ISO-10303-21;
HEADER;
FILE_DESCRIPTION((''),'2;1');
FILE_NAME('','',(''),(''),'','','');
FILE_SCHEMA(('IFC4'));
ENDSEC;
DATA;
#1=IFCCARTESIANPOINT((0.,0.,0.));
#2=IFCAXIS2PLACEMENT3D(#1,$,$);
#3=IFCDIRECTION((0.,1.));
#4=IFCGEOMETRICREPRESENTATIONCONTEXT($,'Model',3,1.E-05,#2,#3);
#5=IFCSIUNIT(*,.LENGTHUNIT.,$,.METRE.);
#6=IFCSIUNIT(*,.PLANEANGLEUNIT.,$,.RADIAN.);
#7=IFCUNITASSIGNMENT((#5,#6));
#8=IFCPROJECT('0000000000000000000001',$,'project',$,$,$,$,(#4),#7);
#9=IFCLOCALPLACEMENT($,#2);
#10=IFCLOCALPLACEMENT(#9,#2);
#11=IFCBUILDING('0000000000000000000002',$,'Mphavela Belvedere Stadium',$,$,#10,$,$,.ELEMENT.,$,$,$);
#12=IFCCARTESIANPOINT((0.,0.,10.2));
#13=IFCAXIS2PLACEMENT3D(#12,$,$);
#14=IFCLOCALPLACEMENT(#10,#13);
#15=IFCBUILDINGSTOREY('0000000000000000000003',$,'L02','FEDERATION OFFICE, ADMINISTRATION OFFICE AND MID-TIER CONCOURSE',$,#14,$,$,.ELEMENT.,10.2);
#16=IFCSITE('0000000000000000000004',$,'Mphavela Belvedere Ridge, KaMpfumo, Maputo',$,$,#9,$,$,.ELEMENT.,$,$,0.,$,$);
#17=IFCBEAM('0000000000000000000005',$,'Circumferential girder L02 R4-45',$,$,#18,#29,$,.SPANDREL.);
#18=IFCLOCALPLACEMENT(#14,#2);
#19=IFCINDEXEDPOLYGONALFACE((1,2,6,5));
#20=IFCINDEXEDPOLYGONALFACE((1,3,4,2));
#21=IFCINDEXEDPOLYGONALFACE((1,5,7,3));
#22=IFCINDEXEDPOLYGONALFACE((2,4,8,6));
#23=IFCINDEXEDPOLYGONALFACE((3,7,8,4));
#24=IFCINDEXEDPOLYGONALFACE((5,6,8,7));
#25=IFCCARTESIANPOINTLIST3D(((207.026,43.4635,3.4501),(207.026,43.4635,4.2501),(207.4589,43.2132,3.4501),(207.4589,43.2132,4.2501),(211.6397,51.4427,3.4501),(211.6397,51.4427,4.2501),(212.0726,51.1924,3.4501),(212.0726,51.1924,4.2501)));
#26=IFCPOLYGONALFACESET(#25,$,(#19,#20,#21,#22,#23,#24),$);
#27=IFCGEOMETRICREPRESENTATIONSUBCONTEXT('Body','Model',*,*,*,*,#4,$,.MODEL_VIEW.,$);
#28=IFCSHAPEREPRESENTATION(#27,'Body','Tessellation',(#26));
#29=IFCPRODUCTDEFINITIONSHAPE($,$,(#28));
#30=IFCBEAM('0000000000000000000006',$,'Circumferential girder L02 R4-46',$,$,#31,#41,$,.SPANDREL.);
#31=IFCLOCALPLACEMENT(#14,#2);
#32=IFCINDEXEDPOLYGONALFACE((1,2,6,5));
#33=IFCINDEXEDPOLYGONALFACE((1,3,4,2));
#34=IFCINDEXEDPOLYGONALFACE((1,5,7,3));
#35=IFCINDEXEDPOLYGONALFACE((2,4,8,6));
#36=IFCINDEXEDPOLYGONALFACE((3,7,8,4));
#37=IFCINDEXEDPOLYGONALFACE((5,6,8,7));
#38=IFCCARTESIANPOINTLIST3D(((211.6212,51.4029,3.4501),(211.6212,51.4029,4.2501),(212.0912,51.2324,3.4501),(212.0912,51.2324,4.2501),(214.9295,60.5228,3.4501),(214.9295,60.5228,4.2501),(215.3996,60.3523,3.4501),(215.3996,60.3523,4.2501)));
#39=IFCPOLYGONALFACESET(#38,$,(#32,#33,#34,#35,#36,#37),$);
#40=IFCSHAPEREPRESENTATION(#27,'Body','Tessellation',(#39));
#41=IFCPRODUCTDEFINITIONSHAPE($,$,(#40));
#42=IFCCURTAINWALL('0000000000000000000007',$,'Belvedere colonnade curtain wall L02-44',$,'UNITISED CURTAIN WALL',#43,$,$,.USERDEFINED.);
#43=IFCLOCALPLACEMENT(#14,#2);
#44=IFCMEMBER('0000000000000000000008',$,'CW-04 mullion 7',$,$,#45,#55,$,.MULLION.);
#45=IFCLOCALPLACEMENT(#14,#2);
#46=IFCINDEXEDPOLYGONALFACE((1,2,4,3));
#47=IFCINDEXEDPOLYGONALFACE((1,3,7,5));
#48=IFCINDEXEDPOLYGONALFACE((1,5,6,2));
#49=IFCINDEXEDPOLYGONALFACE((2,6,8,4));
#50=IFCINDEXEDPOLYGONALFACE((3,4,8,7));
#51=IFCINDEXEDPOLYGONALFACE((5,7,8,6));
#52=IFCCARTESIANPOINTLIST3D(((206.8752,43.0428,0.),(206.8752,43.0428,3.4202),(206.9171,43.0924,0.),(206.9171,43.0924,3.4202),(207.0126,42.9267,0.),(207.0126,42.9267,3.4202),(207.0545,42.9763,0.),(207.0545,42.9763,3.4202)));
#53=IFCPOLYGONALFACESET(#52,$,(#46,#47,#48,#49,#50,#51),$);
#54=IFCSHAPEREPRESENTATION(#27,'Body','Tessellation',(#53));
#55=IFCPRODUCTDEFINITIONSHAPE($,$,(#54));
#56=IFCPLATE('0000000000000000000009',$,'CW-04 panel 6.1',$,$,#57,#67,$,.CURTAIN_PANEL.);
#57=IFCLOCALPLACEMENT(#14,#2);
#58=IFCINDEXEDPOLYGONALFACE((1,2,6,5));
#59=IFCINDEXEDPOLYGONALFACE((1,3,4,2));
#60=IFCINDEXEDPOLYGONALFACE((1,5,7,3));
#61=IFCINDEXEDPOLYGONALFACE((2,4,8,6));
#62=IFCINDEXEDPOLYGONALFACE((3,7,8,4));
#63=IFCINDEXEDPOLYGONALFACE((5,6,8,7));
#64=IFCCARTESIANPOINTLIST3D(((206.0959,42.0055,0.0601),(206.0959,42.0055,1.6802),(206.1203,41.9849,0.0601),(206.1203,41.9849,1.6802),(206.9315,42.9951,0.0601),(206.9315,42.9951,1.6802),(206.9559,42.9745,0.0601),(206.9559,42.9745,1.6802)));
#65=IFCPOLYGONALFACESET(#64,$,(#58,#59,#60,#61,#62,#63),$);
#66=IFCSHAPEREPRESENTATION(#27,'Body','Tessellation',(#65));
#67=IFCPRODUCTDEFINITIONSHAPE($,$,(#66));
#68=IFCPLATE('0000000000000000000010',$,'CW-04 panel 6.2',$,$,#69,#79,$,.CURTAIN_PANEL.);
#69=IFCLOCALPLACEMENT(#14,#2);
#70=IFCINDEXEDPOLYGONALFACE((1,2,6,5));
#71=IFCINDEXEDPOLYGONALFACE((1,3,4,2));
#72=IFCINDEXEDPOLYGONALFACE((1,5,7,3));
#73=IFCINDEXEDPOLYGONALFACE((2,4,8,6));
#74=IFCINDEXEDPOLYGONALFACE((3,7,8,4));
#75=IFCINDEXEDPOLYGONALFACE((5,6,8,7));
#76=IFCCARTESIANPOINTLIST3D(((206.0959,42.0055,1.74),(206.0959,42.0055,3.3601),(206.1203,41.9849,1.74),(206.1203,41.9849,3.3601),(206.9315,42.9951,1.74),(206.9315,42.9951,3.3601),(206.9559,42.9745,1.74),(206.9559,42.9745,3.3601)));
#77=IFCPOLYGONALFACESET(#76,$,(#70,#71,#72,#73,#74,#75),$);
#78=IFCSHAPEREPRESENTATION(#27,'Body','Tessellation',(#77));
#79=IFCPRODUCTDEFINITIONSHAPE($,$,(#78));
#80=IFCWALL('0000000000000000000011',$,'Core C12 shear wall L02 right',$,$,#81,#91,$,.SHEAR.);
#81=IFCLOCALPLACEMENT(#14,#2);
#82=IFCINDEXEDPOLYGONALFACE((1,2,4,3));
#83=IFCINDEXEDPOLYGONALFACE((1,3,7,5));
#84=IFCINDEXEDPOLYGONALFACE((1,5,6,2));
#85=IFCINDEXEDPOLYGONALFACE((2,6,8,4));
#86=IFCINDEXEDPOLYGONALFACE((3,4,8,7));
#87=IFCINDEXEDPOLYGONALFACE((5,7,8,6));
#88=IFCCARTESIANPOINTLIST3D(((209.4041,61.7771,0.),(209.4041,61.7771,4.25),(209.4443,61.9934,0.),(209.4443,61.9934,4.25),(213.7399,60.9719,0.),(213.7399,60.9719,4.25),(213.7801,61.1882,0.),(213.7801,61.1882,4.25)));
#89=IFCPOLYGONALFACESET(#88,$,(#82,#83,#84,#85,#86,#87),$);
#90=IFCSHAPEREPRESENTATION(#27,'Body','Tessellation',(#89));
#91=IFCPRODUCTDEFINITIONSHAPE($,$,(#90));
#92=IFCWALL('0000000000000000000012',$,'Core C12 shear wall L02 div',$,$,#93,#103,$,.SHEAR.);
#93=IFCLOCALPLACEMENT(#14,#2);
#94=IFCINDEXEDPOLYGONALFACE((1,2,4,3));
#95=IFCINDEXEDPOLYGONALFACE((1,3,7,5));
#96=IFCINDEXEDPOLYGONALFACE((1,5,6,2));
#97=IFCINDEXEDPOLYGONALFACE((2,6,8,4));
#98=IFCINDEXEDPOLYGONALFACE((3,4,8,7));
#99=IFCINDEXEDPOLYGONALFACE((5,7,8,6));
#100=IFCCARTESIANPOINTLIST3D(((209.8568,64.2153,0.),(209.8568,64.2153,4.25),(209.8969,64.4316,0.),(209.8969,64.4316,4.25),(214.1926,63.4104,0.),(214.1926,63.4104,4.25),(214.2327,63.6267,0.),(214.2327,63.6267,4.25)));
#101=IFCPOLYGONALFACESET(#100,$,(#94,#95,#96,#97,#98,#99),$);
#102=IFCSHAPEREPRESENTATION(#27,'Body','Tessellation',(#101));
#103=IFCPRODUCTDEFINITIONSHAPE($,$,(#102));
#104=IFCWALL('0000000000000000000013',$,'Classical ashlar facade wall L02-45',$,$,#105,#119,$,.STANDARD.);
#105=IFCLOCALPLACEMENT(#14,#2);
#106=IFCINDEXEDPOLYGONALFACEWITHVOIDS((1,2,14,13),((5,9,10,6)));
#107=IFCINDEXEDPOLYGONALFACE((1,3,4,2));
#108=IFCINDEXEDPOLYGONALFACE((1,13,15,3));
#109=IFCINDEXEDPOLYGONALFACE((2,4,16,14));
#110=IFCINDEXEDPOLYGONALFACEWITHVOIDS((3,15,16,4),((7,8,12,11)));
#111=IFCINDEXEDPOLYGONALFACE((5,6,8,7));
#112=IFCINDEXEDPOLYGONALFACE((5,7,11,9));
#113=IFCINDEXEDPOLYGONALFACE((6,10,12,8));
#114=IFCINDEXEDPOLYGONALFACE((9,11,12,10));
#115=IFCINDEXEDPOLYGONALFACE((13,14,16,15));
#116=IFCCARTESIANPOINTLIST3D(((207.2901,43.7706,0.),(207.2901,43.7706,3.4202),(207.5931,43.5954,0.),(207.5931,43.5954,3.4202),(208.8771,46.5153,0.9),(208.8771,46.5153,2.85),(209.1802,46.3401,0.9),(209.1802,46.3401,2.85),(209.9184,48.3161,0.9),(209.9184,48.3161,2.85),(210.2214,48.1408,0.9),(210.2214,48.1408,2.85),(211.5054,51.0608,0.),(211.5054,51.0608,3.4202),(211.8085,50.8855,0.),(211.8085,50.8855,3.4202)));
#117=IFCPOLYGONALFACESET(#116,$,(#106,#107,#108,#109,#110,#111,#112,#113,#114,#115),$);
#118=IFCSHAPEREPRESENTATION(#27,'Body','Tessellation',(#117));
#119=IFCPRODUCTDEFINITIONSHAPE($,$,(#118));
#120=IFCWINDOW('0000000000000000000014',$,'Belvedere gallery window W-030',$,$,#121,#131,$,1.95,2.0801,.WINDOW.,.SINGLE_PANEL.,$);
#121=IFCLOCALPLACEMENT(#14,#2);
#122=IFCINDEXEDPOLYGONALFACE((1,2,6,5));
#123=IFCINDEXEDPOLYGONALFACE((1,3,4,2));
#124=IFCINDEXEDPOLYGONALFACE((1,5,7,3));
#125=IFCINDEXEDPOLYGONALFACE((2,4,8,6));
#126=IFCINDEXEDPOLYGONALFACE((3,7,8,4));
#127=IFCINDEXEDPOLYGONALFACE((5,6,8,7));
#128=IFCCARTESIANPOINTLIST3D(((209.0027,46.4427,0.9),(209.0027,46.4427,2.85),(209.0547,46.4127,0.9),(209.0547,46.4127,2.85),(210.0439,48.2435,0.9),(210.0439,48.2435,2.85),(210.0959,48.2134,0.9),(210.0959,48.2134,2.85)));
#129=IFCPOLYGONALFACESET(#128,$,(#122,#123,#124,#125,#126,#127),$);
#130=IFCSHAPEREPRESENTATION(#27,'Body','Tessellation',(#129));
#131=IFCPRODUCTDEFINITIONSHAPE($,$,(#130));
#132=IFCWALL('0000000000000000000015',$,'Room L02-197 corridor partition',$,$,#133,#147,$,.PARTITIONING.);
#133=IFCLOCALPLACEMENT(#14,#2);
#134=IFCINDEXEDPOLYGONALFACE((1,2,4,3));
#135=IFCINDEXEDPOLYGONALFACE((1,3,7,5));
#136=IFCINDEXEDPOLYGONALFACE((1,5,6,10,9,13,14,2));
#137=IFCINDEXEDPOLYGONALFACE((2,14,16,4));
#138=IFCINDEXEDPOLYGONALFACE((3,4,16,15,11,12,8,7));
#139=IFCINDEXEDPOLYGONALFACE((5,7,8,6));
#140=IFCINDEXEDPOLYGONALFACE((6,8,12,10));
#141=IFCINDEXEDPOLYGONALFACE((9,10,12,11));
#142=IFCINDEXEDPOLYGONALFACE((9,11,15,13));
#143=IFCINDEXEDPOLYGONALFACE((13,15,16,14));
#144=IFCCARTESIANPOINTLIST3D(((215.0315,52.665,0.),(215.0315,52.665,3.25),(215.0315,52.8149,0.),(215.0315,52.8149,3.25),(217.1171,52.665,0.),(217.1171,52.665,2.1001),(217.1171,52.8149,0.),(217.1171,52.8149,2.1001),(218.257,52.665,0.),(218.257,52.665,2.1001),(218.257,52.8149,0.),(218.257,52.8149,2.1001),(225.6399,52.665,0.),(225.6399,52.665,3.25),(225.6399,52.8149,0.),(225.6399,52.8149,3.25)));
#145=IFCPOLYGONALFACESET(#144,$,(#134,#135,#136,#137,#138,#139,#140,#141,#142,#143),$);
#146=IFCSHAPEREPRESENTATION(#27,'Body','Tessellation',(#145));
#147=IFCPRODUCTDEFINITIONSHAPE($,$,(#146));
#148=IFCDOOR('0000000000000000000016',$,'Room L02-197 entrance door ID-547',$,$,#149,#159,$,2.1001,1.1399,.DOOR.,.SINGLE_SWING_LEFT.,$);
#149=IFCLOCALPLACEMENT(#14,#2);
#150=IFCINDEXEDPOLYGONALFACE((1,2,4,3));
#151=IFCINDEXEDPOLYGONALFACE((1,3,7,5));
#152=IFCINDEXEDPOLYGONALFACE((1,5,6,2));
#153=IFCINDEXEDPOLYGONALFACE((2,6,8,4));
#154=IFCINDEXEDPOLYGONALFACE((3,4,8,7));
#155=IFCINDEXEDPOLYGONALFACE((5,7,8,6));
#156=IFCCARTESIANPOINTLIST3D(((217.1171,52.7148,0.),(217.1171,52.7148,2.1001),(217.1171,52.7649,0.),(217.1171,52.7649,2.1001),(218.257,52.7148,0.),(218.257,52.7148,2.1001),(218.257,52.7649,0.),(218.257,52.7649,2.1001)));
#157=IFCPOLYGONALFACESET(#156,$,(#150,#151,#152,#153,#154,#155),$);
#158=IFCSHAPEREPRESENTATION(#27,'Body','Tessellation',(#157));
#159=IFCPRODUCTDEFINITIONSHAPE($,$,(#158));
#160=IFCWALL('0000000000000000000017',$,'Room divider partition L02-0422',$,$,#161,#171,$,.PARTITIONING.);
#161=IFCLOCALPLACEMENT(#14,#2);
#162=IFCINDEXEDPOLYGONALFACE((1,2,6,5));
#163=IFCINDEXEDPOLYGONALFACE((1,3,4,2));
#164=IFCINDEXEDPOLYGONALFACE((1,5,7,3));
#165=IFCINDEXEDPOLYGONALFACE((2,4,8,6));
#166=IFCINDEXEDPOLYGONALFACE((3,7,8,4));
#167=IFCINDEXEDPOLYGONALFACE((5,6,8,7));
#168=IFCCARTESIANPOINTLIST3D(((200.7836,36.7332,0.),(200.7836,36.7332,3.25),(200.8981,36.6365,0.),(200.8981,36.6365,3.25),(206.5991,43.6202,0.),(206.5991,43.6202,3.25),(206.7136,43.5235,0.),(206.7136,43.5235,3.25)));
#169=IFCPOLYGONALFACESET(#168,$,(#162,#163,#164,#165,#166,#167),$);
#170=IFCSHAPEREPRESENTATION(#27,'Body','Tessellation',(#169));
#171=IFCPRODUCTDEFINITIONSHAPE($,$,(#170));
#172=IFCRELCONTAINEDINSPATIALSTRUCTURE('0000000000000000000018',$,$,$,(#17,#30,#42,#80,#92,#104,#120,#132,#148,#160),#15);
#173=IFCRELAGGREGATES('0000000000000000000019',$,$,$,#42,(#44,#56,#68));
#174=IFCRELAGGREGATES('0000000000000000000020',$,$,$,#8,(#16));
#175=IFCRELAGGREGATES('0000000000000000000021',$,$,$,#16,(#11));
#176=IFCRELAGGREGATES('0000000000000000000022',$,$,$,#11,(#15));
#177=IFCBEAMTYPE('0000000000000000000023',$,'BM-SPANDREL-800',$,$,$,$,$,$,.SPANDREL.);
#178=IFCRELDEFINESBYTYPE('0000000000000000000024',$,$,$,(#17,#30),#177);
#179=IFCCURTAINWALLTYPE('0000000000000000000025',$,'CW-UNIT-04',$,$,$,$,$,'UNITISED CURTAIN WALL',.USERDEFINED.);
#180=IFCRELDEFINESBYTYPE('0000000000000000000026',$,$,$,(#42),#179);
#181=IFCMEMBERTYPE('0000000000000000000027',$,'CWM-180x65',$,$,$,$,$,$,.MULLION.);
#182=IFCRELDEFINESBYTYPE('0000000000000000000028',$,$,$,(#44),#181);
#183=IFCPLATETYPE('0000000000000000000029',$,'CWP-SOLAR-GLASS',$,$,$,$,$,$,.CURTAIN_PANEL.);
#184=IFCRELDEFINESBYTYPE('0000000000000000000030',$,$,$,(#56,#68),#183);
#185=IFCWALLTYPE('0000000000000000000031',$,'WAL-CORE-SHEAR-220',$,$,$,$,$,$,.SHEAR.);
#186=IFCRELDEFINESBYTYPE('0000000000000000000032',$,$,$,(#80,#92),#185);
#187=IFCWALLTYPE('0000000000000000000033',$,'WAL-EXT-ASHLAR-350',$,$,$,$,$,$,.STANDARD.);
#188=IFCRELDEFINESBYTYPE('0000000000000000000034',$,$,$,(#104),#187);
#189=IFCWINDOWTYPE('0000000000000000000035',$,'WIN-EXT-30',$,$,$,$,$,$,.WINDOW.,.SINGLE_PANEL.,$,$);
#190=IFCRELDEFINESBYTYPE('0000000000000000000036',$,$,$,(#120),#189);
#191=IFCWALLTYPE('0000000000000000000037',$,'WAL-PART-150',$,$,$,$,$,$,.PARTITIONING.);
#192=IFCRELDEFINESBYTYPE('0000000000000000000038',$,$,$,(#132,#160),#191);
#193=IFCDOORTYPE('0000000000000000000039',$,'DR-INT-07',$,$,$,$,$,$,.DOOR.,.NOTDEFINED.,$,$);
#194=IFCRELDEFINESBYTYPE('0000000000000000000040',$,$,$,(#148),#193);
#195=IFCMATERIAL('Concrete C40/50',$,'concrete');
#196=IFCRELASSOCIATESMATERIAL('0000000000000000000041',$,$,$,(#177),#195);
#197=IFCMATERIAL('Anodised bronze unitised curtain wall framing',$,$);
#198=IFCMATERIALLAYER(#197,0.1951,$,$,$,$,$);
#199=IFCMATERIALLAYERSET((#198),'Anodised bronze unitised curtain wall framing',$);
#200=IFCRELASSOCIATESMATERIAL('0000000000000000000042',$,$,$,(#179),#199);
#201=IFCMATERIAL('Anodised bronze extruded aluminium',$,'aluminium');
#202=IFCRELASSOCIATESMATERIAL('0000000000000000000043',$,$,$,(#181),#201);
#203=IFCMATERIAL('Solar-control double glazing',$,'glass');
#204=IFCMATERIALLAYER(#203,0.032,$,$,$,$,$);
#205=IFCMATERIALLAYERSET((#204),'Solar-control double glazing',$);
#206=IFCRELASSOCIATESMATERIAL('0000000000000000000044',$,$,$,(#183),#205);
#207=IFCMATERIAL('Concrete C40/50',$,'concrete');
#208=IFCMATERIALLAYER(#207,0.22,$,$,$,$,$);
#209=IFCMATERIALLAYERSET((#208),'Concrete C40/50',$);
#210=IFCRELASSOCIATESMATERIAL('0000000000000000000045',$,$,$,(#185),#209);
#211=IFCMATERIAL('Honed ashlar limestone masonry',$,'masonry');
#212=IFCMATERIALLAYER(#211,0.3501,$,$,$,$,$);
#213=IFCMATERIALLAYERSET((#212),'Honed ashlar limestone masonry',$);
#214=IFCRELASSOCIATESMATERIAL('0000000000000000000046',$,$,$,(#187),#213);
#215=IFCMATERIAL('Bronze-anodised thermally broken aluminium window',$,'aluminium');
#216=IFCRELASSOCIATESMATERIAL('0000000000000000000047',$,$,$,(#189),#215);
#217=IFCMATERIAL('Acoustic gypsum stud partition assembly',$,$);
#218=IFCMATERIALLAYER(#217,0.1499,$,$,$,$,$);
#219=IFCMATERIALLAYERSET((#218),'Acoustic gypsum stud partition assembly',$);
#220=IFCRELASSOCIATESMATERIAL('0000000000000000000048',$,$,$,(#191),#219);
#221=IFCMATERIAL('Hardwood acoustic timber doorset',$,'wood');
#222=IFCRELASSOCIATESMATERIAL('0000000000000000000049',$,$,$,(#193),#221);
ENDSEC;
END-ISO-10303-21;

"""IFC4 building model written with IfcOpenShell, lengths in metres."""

from ifc_helpers import new_model, si_unit, direction, frame, frame_2d, origin, origin_2d, place, context, subcontext, project, spatial, rectangle, extrude, material, layer, layer_set, material_profile, profile_set, type_object, element, fill, aggregate, save


model = new_model("IFC4")

# Units and contexts
model_context = context("Model", 3, precision=1e-05, world=origin(), true_north=direction((0.0, 1.0)))
body_context = subcontext(model_context, "Body", "Model", "MODEL_VIEW")
ifc_project = project(units=[si_unit("LENGTHUNIT", "METRE"), si_unit("PLANEANGLEUNIT", "RADIAN")], contexts=[model_context])

# Site, building, storey
site_placement = place(None, origin())
site = spatial("IfcSite", under=ifc_project, at=site_placement, Name="Mphavela Belvedere Ridge, KaMpfumo, Maputo", CompositionType="ELEMENT", RefElevation=0.0)
building_placement = place(site_placement, origin())
building = spatial("IfcBuilding", under=site, at=building_placement, Name="Mphavela Belvedere Stadium", CompositionType="ELEMENT")
storey_placement = place(building_placement, frame((0.0, 0.0, 10.2)))
storey = spatial("IfcBuildingStorey", under=building, at=storey_placement, Name="L02", Description="FEDERATION OFFICE, ADMINISTRATION OFFICE AND MID-TIER CONCOURSE", CompositionType="ELEMENT", Elevation=10.2)

# Beams
ifc_material_1 = material(Name="Concrete C40/50", Category="concrete")
ifc_material_profile_1 = material_profile(ifc_material_1, rectangle(XDim=0.5, YDim=0.8, at=origin_2d()), Name="RC 500x800")
ifc_profile_set_1 = profile_set([ifc_material_profile_1], Name="Concrete C40/50")
beam_type_1 = type_object("IfcBeamType", Name="BM-SPANDREL-800", PredefinedType="SPANDREL", material=ifc_profile_set_1)
beam_1_placement = place(storey_placement, frame((207.2424, 43.3384, 3.8501), z_axis=(0.500565, 0.865699, 0.0), x_axis=(-0.865699, 0.500565, 0.0)))
element("IfcBeam", 1, at=beam_1_placement, inside=storey, type_object=beam_type_1, Name="Circumferential girder L02 R4-45", PredefinedType="SPANDREL", context=body_context, shape_type="SweptSolid", body=[
    extrude(rectangle(XDim=0.5, YDim=0.8, at=origin_2d()), origin(), (0.0, 0.0, 1.0), 9.217),
])
beam_2_placement = place(storey_placement, frame((211.8562, 51.3176, 3.8501), z_axis=(0.341018, 0.940057, 0.0), x_axis=(-0.940057, 0.341018, 0.0)))
element("IfcBeam", 2, at=beam_2_placement, inside=storey, type_object=beam_type_1, Name="Circumferential girder L02 R4-46", PredefinedType="SPANDREL", context=body_context, shape_type="SweptSolid", body=[
    extrude(rectangle(XDim=0.5, YDim=0.8, at=origin_2d()), origin(), (0.0, 0.0, 1.0), 9.7014),
])

# Curtain wall, member, plates
ifc_material_2 = material(Name="Anodised bronze unitised curtain wall framing")
ifc_layer_1 = layer(ifc_material_2, 0.1951)
ifc_layer_set_1 = layer_set([ifc_layer_1], Name="Anodised bronze unitised curtain wall framing")
curtain_wall_type = type_object("IfcCurtainWallType", Name="CW-UNIT-04", ElementType="UNITISED CURTAIN WALL", PredefinedType="USERDEFINED", material=ifc_layer_set_1)
curtain_wall_placement = place(storey_placement, origin())
curtain_wall = element("IfcCurtainWall", 3, at=curtain_wall_placement, inside=storey, type_object=curtain_wall_type, Name="Belvedere colonnade curtain wall L02-44", ObjectType="UNITISED CURTAIN WALL", PredefinedType="USERDEFINED")
ifc_material_3 = material(Name="Anodised bronze extruded aluminium", Category="aluminium")
ifc_material_profile_2 = material_profile(ifc_material_3, rectangle(XDim=0.1799, YDim=0.0649, at=origin_2d()), Name="CW-MUL 180x65")
ifc_profile_set_2 = profile_set([ifc_material_profile_2], Name="Anodised bronze extruded aluminium")
member_type = type_object("IfcMemberType", Name="CWM-180x65", PredefinedType="MULLION", material=ifc_profile_set_2)
member_placement = place(storey_placement, frame((206.9648, 43.0095, 0.0), z_axis=(0.0, 0.0, 1.0), x_axis=(-0.76404, 0.645169, 0.0)))
member = element("IfcMember", 4, at=member_placement, type_object=member_type, Name="CW-04 mullion 7", PredefinedType="MULLION", context=body_context, shape_type="SweptSolid", body=[
    extrude(rectangle(XDim=0.1799, YDim=0.0649, at=origin_2d()), origin(), (0.0, 0.0, 1.0), 3.4202),
])
ifc_material_4 = material(Name="Solar-control double glazing", Category="glass")
ifc_layer_2 = layer(ifc_material_4, 0.032)
ifc_layer_set_2 = layer_set([ifc_layer_2], Name="Solar-control double glazing")
plate_type = type_object("IfcPlateType", Name="CWP-SOLAR-GLASS", PredefinedType="CURTAIN_PANEL", material=ifc_layer_set_2)
plate_1_placement = place(storey_placement, frame((206.5259, 42.49, 0.0601), z_axis=(0.0, 0.0, 1.0), x_axis=(0.645169, 0.76404, 0.0)))
plate_1 = element("IfcPlate", 5, at=plate_1_placement, type_object=plate_type, Name="CW-04 panel 6.1", PredefinedType="CURTAIN_PANEL", context=body_context, shape_type="SweptSolid", body=[
    extrude(rectangle(XDim=1.2952, YDim=0.032, at=origin_2d()), origin(), (0.0, 0.0, 1.0), 1.6201),
])
plate_2_placement = place(storey_placement, frame((206.5259, 42.49, 1.74), z_axis=(0.0, 0.0, 1.0), x_axis=(0.645169, 0.76404, 0.0)))
plate_2 = element("IfcPlate", 6, at=plate_2_placement, type_object=plate_type, Name="CW-04 panel 6.2", PredefinedType="CURTAIN_PANEL", context=body_context, shape_type="SweptSolid", body=[
    extrude(rectangle(XDim=1.2952, YDim=0.032, at=origin_2d()), origin(), (0.0, 0.0, 1.0), 1.6201),
])
aggregate(curtain_wall, [member, plate_1, plate_2])

# Walls
ifc_material_5 = material(Name="Concrete C40/50", Category="concrete")
ifc_layer_3 = layer(ifc_material_5, 0.22)
ifc_layer_set_3 = layer_set([ifc_layer_3], Name="Concrete C40/50")
wall_type_1 = type_object("IfcWallType", Name="WAL-CORE-SHEAR-220", PredefinedType="SHEAR", material=ifc_layer_set_3)
for number, where, z_axis, x_axis, name in (
    (7, (209.4241, 61.8853, 0.0), (0.0, 0.0, 1.0), (0.98319, -0.182587, 0.0), "Core C12 shear wall L02 right"),
    (8, (209.8767, 64.3235, 0.0), (0.0, 0.0, 1.0), (0.983202, -0.182523, 0.0), "Core C12 shear wall L02 div"),
):
    element("IfcWall", number, at=place(storey_placement, frame(where, z_axis=z_axis, x_axis=x_axis)), inside=storey, type_object=wall_type_1, Name=name, PredefinedType="SHEAR", context=body_context, shape_type="SweptSolid", body=[
        extrude(rectangle(XDim=4.4099, YDim=0.22, at=frame_2d((2.2051, 0.0))), origin(), (0.0, 0.0, 1.0), 4.25),
    ])

# Wall, opening, window
ifc_material_6 = material(Name="Honed ashlar limestone masonry", Category="masonry")
ifc_layer_4 = layer(ifc_material_6, 0.3501)
ifc_layer_set_4 = layer_set([ifc_layer_4], Name="Honed ashlar limestone masonry")
wall_type_2 = type_object("IfcWallType", Name="WAL-EXT-ASHLAR-350", PredefinedType="STANDARD", material=ifc_layer_set_4)
wall_1_placement = place(storey_placement, frame((207.4417, 43.6831, 0.0), z_axis=(0.0, 0.0, 1.0), x_axis=(0.500572, 0.865695, 0.0)))
wall_1 = element("IfcWall", 9, at=wall_1_placement, inside=storey, type_object=wall_type_2, Name="Classical ashlar facade wall L02-45", PredefinedType="STANDARD", context=body_context, shape_type="SweptSolid", body=[
    extrude(rectangle(XDim=8.4211, YDim=0.3501, at=frame_2d((4.2104, 0.0))), origin(), (0.0, 0.0, 1.0), 3.4202),
])
opening_1_placement = place(wall_1_placement, frame((3.1704, 0.0, 0.8999)))
opening_1 = element("IfcOpeningElement", 10, at=opening_1_placement, cuts=wall_1, PredefinedType="OPENING", context=body_context, shape_type="SweptSolid", body=[
    extrude(rectangle(XDim=2.0801, YDim=1.95, at=frame_2d((1.04, 0.9751))), frame((0.0, 0.1851, 0.0), z_axis=(0.0, -1.0, 0.0), x_axis=(1.0, 0.0, 0.0)), (0.0, 0.0, 1.0), 0.3701),
])
ifc_material_7 = material(Name="Bronze-anodised thermally broken aluminium window", Category="aluminium")
window_type = type_object("IfcWindowType", Name="WIN-EXT-30", PartitioningType="SINGLE_PANEL", PredefinedType="WINDOW", material=ifc_material_7)
window_placement = place(opening_1_placement, origin())
window = element("IfcWindow", 11, at=window_placement, inside=storey, type_object=window_type, Name="Belvedere gallery window W-030", OverallHeight=1.95, OverallWidth=2.0801, PartitioningType="SINGLE_PANEL", PredefinedType="WINDOW", context=body_context, shape_type="SweptSolid", body=[
    extrude(rectangle(XDim=2.0801, YDim=1.95, at=frame_2d((1.04, 0.9751))), frame((0.0, 0.03, 0.0), z_axis=(0.0, -1.0, 0.0), x_axis=(1.0, 0.0, 0.0)), (0.0, 0.0, 1.0), 0.0601),
])
fill(opening_1, window)

# Wall, opening, door
ifc_material_8 = material(Name="Acoustic gypsum stud partition assembly")
ifc_layer_5 = layer(ifc_material_8, 0.1499)
ifc_layer_set_5 = layer_set([ifc_layer_5], Name="Acoustic gypsum stud partition assembly")
wall_type_3 = type_object("IfcWallType", Name="WAL-PART-150", PredefinedType="PARTITIONING", material=ifc_layer_set_5)
wall_2_placement = place(storey_placement, frame((215.0315, 52.74, 0.0), z_axis=(0.0, 0.0, 1.0), x_axis=(1.0, 0.0, 0.0)))
wall_2 = element("IfcWall", 12, at=wall_2_placement, inside=storey, type_object=wall_type_3, Name="Room L02-197 corridor partition", PredefinedType="PARTITIONING", context=body_context, shape_type="SweptSolid", body=[
    extrude(rectangle(XDim=10.6084, YDim=0.1499, at=frame_2d((5.3042, 0.0))), origin(), (0.0, 0.0, 1.0), 3.25),
])
opening_2_placement = place(wall_2_placement, frame((2.0857, 0.0, 0.0)))
opening_2 = element("IfcOpeningElement", 13, at=opening_2_placement, cuts=wall_2, PredefinedType="OPENING", context=body_context, shape_type="SweptSolid", body=[
    extrude(rectangle(XDim=1.1399, YDim=2.1001, at=frame_2d((0.5698, 1.05))), frame((0.0, 0.085, 0.0), z_axis=(0.0, -1.0, 0.0), x_axis=(1.0, 0.0, 0.0)), (0.0, 0.0, 1.0), 0.1699),
])
ifc_material_9 = material(Name="Hardwood acoustic timber doorset", Category="wood")
door_type_1 = type_object("IfcDoorType", Name="DR-INT-07", OperationType="NOTDEFINED", PredefinedType="DOOR", material=ifc_material_9)
door_1_placement = place(opening_2_placement, origin())
door_1 = element("IfcDoor", 14, at=door_1_placement, inside=storey, type_object=door_type_1, Name="Room L02-197 entrance door ID-547", OperationType="SINGLE_SWING_LEFT", OverallHeight=2.1001, OverallWidth=1.1399, PredefinedType="DOOR", context=body_context, shape_type="SweptSolid", body=[
    extrude(rectangle(XDim=1.1399, YDim=2.1001, at=frame_2d((0.5698, 1.05))), frame((0.0, 0.0249, 0.0), z_axis=(0.0, -1.0, 0.0), x_axis=(1.0, 0.0, 0.0)), (0.0, 0.0, 1.0), 0.05),
])
fill(opening_2, door_1)

# Wall
wall_3_placement = place(storey_placement, frame((206.6562, 43.5718, 0.0), z_axis=(0.0, 0.0, 1.0), x_axis=(-0.645166, -0.764042, 0.0)))
element("IfcWall", 15, at=wall_3_placement, inside=storey, type_object=wall_type_3, Name="Room divider partition L02-0422", PredefinedType="PARTITIONING", context=body_context, shape_type="SweptSolid", body=[
    extrude(rectangle(XDim=9.0139, YDim=0.1499, at=frame_2d((4.5068, 0.0))), origin(), (0.0, 0.0, 1.0), 3.25),
])

save(model, "model.ifc")
